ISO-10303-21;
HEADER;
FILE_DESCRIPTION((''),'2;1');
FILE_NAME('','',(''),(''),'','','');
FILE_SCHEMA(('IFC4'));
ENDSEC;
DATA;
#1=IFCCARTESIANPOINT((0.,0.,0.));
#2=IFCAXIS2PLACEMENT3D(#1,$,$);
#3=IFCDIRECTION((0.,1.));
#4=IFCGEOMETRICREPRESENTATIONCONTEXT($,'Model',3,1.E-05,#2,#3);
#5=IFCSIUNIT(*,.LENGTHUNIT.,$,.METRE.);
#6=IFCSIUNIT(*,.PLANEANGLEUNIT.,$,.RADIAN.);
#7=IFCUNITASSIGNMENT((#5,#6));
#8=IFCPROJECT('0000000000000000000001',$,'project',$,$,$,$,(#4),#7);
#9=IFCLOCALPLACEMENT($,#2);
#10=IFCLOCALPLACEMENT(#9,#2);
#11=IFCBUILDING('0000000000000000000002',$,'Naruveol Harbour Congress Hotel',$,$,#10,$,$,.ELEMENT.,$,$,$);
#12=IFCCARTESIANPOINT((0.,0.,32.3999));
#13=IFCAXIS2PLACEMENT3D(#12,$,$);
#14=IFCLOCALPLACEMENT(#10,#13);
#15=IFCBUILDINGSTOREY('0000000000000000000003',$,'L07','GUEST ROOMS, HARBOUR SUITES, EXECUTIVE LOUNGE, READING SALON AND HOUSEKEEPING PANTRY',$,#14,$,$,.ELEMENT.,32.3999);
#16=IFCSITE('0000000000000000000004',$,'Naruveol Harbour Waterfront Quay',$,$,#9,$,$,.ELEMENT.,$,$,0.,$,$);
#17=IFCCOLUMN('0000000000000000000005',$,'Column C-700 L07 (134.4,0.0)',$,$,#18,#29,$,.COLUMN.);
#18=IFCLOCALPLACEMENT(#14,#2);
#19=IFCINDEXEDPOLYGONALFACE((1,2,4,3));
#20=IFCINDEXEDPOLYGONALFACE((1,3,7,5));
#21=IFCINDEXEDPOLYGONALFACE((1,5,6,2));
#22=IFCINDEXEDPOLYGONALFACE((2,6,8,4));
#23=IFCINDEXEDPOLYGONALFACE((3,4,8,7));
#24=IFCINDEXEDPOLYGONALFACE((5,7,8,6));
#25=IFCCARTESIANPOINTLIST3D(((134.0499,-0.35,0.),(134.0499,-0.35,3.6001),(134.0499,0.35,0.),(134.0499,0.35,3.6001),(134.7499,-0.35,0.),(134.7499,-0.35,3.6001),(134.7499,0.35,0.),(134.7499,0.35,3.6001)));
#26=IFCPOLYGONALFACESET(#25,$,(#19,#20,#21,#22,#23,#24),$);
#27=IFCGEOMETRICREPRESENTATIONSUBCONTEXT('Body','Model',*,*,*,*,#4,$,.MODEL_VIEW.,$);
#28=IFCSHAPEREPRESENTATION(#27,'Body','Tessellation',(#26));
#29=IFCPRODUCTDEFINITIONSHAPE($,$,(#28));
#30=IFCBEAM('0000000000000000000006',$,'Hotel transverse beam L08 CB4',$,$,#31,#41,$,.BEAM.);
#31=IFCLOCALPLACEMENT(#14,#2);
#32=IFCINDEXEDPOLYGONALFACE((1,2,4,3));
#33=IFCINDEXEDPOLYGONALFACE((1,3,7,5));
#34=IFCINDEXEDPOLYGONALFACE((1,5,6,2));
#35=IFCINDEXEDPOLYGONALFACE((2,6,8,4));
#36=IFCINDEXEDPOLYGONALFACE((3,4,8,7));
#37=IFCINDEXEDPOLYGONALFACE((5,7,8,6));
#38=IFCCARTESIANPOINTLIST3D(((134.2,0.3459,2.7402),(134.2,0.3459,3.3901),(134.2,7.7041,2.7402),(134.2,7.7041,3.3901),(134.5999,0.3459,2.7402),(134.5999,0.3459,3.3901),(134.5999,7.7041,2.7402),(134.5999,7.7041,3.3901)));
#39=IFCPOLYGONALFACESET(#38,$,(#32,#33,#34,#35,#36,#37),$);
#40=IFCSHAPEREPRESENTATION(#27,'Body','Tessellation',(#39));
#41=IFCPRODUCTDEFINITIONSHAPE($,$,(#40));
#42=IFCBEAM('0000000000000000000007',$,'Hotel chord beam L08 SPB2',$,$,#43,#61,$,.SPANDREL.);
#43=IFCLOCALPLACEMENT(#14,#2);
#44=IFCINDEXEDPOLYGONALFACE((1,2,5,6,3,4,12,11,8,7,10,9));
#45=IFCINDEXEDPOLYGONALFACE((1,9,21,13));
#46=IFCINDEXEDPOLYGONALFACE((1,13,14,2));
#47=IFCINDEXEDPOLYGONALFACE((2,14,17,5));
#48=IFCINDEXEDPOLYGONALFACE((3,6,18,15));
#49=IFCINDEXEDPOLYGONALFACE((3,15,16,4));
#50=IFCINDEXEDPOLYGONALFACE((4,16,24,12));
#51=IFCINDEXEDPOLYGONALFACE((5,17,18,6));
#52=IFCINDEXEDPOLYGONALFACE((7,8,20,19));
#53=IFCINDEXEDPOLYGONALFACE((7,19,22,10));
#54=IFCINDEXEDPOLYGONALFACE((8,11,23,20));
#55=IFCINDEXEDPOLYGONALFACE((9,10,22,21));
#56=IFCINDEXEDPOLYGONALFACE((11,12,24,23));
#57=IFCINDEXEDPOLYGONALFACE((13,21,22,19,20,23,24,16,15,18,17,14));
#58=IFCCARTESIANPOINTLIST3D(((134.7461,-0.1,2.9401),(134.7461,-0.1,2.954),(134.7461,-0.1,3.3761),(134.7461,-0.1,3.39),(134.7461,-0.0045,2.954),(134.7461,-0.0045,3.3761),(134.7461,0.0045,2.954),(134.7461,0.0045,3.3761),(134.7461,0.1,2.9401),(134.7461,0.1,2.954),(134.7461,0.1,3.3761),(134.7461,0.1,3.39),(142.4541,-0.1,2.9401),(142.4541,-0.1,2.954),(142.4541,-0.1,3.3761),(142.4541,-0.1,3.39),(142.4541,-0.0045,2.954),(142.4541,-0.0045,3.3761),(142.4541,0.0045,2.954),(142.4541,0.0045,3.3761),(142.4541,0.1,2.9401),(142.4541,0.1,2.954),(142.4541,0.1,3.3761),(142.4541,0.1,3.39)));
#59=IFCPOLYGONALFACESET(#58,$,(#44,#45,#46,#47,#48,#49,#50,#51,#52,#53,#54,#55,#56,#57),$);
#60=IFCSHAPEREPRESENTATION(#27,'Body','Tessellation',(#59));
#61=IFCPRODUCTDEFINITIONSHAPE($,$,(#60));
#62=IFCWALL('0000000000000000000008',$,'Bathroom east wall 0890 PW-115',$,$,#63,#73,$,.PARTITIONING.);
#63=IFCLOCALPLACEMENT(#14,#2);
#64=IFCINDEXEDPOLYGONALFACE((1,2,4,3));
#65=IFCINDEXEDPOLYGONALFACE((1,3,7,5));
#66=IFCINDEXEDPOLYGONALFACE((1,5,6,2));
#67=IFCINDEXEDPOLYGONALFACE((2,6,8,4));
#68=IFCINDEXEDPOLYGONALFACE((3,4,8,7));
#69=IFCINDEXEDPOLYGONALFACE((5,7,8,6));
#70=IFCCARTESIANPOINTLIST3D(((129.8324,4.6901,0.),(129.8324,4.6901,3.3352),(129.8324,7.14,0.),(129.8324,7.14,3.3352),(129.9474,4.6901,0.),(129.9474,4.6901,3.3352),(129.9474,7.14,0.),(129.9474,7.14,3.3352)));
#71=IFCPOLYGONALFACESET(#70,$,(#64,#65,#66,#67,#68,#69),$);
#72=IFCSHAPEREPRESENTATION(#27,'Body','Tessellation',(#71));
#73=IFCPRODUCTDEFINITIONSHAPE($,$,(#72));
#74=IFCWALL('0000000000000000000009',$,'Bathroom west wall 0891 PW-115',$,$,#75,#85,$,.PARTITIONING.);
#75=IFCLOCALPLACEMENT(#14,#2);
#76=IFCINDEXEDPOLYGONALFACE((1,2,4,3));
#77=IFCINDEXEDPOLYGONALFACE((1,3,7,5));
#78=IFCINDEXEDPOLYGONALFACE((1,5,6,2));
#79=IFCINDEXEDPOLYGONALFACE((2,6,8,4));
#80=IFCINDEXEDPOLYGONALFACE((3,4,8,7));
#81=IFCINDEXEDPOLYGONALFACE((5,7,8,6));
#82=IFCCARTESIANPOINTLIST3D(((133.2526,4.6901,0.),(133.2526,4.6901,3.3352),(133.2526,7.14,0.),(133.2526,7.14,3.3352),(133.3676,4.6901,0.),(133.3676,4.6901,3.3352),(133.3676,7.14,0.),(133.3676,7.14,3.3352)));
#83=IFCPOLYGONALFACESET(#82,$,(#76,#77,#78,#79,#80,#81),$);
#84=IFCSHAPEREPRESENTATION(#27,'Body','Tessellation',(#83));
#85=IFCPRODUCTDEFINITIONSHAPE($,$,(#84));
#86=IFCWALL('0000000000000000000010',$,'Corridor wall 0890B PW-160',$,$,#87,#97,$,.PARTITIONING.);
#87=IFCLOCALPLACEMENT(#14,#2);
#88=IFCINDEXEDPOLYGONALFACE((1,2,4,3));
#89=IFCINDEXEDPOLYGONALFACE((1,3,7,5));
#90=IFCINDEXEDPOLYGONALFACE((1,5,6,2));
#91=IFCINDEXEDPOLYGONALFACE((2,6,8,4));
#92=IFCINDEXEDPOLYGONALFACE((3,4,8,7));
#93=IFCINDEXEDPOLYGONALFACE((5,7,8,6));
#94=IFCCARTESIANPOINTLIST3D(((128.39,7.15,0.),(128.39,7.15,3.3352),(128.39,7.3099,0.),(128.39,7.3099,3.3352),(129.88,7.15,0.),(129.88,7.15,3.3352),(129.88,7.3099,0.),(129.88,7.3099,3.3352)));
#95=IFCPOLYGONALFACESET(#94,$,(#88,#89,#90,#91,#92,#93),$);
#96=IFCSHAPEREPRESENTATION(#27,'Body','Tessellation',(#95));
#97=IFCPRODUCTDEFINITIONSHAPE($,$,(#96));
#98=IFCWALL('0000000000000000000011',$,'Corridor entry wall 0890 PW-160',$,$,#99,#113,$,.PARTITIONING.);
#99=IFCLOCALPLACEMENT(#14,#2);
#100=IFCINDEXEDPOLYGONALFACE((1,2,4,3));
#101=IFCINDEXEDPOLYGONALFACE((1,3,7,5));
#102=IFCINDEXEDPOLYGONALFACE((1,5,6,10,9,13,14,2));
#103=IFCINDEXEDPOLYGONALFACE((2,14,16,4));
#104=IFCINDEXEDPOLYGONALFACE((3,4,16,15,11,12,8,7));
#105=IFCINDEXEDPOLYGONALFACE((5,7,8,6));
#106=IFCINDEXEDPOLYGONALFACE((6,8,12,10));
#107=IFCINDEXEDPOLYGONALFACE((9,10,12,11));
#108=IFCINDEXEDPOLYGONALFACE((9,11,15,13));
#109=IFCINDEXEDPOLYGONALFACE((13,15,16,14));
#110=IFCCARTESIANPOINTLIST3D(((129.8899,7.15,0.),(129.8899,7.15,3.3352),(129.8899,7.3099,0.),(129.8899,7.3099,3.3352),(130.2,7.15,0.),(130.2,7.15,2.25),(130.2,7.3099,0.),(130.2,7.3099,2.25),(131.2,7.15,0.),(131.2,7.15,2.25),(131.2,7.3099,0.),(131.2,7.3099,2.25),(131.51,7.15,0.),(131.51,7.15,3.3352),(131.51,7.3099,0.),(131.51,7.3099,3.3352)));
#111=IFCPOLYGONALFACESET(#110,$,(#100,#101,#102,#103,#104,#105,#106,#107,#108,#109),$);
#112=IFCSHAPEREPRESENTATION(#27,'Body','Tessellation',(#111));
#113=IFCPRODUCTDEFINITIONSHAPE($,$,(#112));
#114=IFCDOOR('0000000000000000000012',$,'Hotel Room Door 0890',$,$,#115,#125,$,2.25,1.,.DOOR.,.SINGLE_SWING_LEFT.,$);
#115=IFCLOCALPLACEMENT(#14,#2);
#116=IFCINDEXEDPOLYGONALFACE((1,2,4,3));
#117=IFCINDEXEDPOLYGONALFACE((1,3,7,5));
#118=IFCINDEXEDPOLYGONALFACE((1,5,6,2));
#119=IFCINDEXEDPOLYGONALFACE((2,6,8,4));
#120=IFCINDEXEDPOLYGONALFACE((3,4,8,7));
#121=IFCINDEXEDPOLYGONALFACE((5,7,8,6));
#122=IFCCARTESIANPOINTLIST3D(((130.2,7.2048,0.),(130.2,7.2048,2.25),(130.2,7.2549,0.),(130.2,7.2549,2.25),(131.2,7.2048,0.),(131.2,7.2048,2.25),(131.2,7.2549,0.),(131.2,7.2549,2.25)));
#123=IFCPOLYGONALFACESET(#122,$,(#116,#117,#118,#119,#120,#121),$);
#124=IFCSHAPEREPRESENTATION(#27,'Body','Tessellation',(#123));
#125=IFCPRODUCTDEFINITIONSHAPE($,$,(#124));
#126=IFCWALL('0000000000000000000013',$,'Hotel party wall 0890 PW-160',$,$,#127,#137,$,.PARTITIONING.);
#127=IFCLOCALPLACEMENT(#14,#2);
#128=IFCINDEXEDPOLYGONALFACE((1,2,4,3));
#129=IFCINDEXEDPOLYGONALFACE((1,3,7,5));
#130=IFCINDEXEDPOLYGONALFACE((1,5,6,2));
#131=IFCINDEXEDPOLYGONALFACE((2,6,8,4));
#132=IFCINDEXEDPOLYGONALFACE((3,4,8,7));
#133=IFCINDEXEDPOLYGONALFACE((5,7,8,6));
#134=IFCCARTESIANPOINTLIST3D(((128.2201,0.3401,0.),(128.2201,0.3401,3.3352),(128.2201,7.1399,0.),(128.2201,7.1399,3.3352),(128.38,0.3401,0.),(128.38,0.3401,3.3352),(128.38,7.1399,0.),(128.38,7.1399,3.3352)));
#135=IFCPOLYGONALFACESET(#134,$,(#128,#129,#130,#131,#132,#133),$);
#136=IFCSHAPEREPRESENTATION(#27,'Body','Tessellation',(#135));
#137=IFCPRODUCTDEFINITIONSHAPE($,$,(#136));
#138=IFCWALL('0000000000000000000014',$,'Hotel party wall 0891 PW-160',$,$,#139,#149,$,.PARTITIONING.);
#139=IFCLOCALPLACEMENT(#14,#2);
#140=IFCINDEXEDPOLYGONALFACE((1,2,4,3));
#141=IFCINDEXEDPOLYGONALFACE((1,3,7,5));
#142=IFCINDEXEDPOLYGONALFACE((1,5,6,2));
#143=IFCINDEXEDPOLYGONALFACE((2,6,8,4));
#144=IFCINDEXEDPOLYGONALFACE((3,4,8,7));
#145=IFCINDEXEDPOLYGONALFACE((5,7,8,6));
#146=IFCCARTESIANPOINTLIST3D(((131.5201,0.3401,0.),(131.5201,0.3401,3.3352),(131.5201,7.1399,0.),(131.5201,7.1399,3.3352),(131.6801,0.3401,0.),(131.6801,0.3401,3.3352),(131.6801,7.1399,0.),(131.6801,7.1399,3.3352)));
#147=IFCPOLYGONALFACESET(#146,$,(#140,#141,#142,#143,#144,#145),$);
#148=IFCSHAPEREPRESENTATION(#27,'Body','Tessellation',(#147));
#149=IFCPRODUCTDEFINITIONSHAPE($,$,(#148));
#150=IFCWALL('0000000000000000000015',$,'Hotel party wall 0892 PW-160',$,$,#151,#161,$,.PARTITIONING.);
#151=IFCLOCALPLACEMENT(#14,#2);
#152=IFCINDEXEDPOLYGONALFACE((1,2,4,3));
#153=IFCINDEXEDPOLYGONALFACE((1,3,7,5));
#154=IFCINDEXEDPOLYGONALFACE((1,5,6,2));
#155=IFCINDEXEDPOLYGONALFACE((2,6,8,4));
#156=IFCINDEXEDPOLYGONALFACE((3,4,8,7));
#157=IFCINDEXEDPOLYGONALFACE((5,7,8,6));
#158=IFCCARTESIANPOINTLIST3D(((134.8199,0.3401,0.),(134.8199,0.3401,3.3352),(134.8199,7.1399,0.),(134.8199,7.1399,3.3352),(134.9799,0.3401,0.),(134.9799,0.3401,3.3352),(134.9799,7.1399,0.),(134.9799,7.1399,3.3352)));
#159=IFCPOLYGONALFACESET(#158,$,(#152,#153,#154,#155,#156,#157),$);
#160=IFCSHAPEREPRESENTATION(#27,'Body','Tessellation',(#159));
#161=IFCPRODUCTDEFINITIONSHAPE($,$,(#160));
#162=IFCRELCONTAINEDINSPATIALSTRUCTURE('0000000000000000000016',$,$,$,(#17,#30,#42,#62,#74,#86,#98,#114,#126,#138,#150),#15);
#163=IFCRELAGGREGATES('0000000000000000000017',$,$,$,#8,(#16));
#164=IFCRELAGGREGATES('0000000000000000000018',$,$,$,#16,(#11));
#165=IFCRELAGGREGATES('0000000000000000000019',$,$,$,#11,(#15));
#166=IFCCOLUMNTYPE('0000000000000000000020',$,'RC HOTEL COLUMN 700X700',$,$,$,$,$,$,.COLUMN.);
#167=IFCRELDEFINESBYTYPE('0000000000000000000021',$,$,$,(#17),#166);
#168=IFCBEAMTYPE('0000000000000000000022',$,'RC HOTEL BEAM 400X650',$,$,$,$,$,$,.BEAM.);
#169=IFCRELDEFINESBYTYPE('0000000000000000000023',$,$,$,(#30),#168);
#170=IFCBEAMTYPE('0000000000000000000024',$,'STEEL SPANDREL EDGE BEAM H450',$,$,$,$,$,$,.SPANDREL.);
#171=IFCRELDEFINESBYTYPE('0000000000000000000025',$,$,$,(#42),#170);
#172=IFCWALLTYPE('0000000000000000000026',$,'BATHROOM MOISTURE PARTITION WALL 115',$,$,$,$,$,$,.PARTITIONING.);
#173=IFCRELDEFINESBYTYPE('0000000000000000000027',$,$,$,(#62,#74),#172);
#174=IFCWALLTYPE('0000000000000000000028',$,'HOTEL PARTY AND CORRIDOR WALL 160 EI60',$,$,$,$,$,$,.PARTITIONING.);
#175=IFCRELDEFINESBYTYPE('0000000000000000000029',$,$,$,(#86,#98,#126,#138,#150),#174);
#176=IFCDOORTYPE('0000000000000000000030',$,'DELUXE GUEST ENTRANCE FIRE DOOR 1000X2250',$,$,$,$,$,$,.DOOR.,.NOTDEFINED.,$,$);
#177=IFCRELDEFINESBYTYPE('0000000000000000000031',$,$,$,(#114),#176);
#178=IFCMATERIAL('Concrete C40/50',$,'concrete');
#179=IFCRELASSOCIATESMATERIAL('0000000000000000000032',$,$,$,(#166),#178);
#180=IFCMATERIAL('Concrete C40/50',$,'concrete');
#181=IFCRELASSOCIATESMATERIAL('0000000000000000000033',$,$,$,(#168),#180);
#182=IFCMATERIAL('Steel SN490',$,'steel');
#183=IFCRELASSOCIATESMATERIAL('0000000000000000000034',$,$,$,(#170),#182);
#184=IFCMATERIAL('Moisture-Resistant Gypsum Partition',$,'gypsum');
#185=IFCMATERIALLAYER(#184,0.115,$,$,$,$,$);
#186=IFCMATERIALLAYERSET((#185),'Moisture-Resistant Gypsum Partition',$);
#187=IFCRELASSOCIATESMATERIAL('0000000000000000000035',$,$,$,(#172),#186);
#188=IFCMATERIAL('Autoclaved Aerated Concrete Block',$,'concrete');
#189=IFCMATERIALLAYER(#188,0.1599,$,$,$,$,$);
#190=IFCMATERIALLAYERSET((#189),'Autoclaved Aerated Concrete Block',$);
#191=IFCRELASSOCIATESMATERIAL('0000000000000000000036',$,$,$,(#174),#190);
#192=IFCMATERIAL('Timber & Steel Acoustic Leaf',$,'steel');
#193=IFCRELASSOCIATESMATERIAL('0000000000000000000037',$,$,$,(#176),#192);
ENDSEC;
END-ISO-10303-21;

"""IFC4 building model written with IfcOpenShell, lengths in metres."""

from ifc_helpers import new_model, si_unit, direction, frame, frame_2d, origin, origin_2d, place, context, subcontext, project, spatial, rectangle, i_section, extrude, material, layer, layer_set, material_profile, profile_set, type_object, element, fill, save


model = new_model("IFC4")

# Units and contexts
model_context = context("Model", 3, precision=1e-05, world=origin(), true_north=direction((0.0, 1.0)))
body_context = subcontext(model_context, "Body", "Model", "MODEL_VIEW")
ifc_project = project(units=[si_unit("LENGTHUNIT", "METRE"), si_unit("PLANEANGLEUNIT", "RADIAN")], contexts=[model_context])

# Site, building, storey
site_placement = place(None, origin())
site = spatial("IfcSite", under=ifc_project, at=site_placement, Name="Naruveol Harbour Waterfront Quay", CompositionType="ELEMENT", RefElevation=0.0)
building_placement = place(site_placement, origin())
building = spatial("IfcBuilding", under=site, at=building_placement, Name="Naruveol Harbour Congress Hotel", CompositionType="ELEMENT")
storey_placement = place(building_placement, frame((0.0, 0.0, 32.3999)))
storey = spatial("IfcBuildingStorey", under=building, at=storey_placement, Name="L07", Description="GUEST ROOMS, HARBOUR SUITES, EXECUTIVE LOUNGE, READING SALON AND HOUSEKEEPING PANTRY", CompositionType="ELEMENT", Elevation=32.3999)

# Column
ifc_material_1 = material(Name="Concrete C40/50", Category="concrete")
ifc_material_profile_1 = material_profile(ifc_material_1, rectangle(XDim=0.7, YDim=0.7, at=origin_2d()), Name="RC-700x700")
ifc_profile_set_1 = profile_set([ifc_material_profile_1], Name="Concrete C40/50")
column_type = type_object("IfcColumnType", Name="RC HOTEL COLUMN 700X700", PredefinedType="COLUMN", material=ifc_profile_set_1)
column_placement = place(storey_placement, frame((134.3999, 0.0, 0.0), z_axis=(0.0, 0.0, 1.0), x_axis=(1.0, 0.0, 0.0)))
element("IfcColumn", 1, at=column_placement, inside=storey, type_object=column_type, Name="Column C-700 L07 (134.4,0.0)", PredefinedType="COLUMN", context=body_context, shape_type="SweptSolid", body=[
    extrude(rectangle(XDim=0.7, YDim=0.7, at=origin_2d()), origin(), (0.0, 0.0, 1.0), 3.6001),
])

# Beams
ifc_material_2 = material(Name="Concrete C40/50", Category="concrete")
ifc_material_profile_2 = material_profile(ifc_material_2, rectangle(XDim=0.3999, YDim=0.6499, at=origin_2d()), Name="RCB-400x650")
ifc_profile_set_2 = profile_set([ifc_material_profile_2], Name="Concrete C40/50")
beam_type_1 = type_object("IfcBeamType", Name="RC HOTEL BEAM 400X650", PredefinedType="BEAM", material=ifc_profile_set_2)
beam_1_placement = place(storey_placement, frame((134.3999, 0.3459, 3.0652), z_axis=(0.0, 1.0, 0.0), x_axis=(-1.0, 0.0, 0.0)))
element("IfcBeam", 2, at=beam_1_placement, inside=storey, type_object=beam_type_1, Name="Hotel transverse beam L08 CB4", PredefinedType="BEAM", context=body_context, shape_type="SweptSolid", body=[
    extrude(rectangle(XDim=0.3999, YDim=0.6499, at=origin_2d()), origin(), (0.0, 0.0, 1.0), 7.3582),
])
ifc_material_3 = material(Name="Steel SN490", Category="steel")
ifc_material_profile_3 = material_profile(ifc_material_3, i_section(OverallWidth=0.2, OverallDepth=0.45, WebThickness=0.009, FlangeThickness=0.0139, at=origin_2d()), Name="H-450x200x9x14")
ifc_profile_set_3 = profile_set([ifc_material_profile_3], Name="Steel SN490")
beam_type_2 = type_object("IfcBeamType", Name="STEEL SPANDREL EDGE BEAM H450", PredefinedType="SPANDREL", material=ifc_profile_set_3)
beam_2_placement = place(storey_placement, frame((134.7461, 0.0, 3.165), z_axis=(1.0, 0.0, 0.0), x_axis=(0.0, 1.0, 0.0)))
element("IfcBeam", 3, at=beam_2_placement, inside=storey, type_object=beam_type_2, Name="Hotel chord beam L08 SPB2", PredefinedType="SPANDREL", context=body_context, shape_type="SweptSolid", body=[
    extrude(i_section(OverallWidth=0.2, OverallDepth=0.45, WebThickness=0.009, FlangeThickness=0.0139, at=origin_2d()), origin(), (0.0, 0.0, 1.0), 7.708),
])

# Wall
ifc_material_4 = material(Name="Moisture-Resistant Gypsum Partition", Category="gypsum")
ifc_layer_1 = layer(ifc_material_4, 0.115)
ifc_layer_set_1 = layer_set([ifc_layer_1], Name="Moisture-Resistant Gypsum Partition")
wall_type_1 = type_object("IfcWallType", Name="BATHROOM MOISTURE PARTITION WALL 115", PredefinedType="PARTITIONING", material=ifc_layer_set_1)
wall_1_placement = place(storey_placement, frame((129.8899, 4.6899, 0.0), z_axis=(0.0, 0.0, 1.0), x_axis=(0.0, 1.0, 0.0)))
element("IfcWall", 4, at=wall_1_placement, inside=storey, type_object=wall_type_1, Name="Bathroom east wall 0890 PW-115", PredefinedType="PARTITIONING", context=body_context, shape_type="SweptSolid", body=[
    extrude(rectangle(XDim=2.45, YDim=0.115, at=frame_2d((1.2251, 0.0))), origin(), (0.0, 0.0, 1.0), 3.3352),
])

# Wall
wall_2_placement = place(storey_placement, frame((133.3101, 4.6899, 0.0), z_axis=(0.0, 0.0, 1.0), x_axis=(0.0, 1.0, 0.0)))
element("IfcWall", 5, at=wall_2_placement, inside=storey, type_object=wall_type_1, Name="Bathroom west wall 0891 PW-115", PredefinedType="PARTITIONING", context=body_context, shape_type="SweptSolid", body=[
    extrude(rectangle(XDim=2.45, YDim=0.115, at=frame_2d((1.2251, 0.0))), origin(), (0.0, 0.0, 1.0), 3.3352),
])

# Wall
ifc_material_5 = material(Name="Autoclaved Aerated Concrete Block", Category="concrete")
ifc_layer_2 = layer(ifc_material_5, 0.1599)
ifc_layer_set_2 = layer_set([ifc_layer_2], Name="Autoclaved Aerated Concrete Block")
wall_type_2 = type_object("IfcWallType", Name="HOTEL PARTY AND CORRIDOR WALL 160 EI60", PredefinedType="PARTITIONING", material=ifc_layer_set_2)
wall_3_placement = place(storey_placement, frame((128.3899, 7.23, 0.0), z_axis=(0.0, 0.0, 1.0), x_axis=(1.0, 0.0, 0.0)))
element("IfcWall", 6, at=wall_3_placement, inside=storey, type_object=wall_type_2, Name="Corridor wall 0890B PW-160", PredefinedType="PARTITIONING", context=body_context, shape_type="SweptSolid", body=[
    extrude(rectangle(XDim=1.49, YDim=0.1599, at=frame_2d((0.7451, 0.0))), origin(), (0.0, 0.0, 1.0), 3.3352),
])

# Wall, opening, door
wall_4_placement = place(storey_placement, frame((129.8899, 7.23, 0.0), z_axis=(0.0, 0.0, 1.0), x_axis=(1.0, 0.0, 0.0)))
wall_4 = element("IfcWall", 7, at=wall_4_placement, inside=storey, type_object=wall_type_2, Name="Corridor entry wall 0890 PW-160", PredefinedType="PARTITIONING", context=body_context, shape_type="SweptSolid", body=[
    extrude(rectangle(XDim=1.6201, YDim=0.1599, at=frame_2d((0.8101, 0.0))), origin(), (0.0, 0.0, 1.0), 3.3352),
])
opening_1_placement = place(wall_4_placement, frame((0.3101, 0.0, 0.0)))
opening_1 = element("IfcOpeningElement", 8, at=opening_1_placement, cuts=wall_4, PredefinedType="OPENING", context=body_context, shape_type="SweptSolid", body=[
    extrude(rectangle(XDim=1.0, YDim=2.25, at=frame_2d((0.5, 1.125))), frame((0.0, 0.0898, 0.0), z_axis=(0.0, -1.0, 0.0), x_axis=(1.0, 0.0, 0.0)), (0.0, 0.0, 1.0), 0.1799),
])
ifc_material_6 = material(Name="Timber & Steel Acoustic Leaf", Category="steel")
door_type_1 = type_object("IfcDoorType", Name="DELUXE GUEST ENTRANCE FIRE DOOR 1000X2250", OperationType="NOTDEFINED", PredefinedType="DOOR", material=ifc_material_6)
door_1_placement = place(opening_1_placement, origin())
door_1 = element("IfcDoor", 9, at=door_1_placement, inside=storey, type_object=door_type_1, Name="Hotel Room Door 0890", OperationType="SINGLE_SWING_LEFT", OverallHeight=2.25, OverallWidth=1.0, PredefinedType="DOOR", context=body_context, shape_type="SweptSolid", body=[
    extrude(rectangle(XDim=1.0, YDim=2.25, at=frame_2d((0.5, 1.125))), frame((0.0, 0.0249, 0.0), z_axis=(0.0, -1.0, 0.0), x_axis=(1.0, 0.0, 0.0)), (0.0, 0.0, 1.0), 0.05),
])
fill(opening_1, door_1)

# Walls
for number, where, z_axis, x_axis, name in (
    (10, (128.3, 0.3401, 0.0), (0.0, 0.0, 1.0), (0.0, 1.0, 0.0), "Hotel party wall 0890 PW-160"),
    (11, (131.6001, 0.3401, 0.0), (0.0, 0.0, 1.0), (0.0, 1.0, 0.0), "Hotel party wall 0891 PW-160"),
    (12, (134.8999, 0.3401, 0.0), (0.0, 0.0, 1.0), (0.0, 1.0, 0.0), "Hotel party wall 0892 PW-160"),
):
    element("IfcWall", number, at=place(storey_placement, frame(where, z_axis=z_axis, x_axis=x_axis)), inside=storey, type_object=wall_type_2, Name=name, PredefinedType="PARTITIONING", context=body_context, shape_type="SweptSolid", body=[
        extrude(rectangle(XDim=6.7998, YDim=0.1599, at=frame_2d((3.3999, 0.0))), origin(), (0.0, 0.0, 1.0), 3.3352),
    ])

save(model, "model.ifc")
